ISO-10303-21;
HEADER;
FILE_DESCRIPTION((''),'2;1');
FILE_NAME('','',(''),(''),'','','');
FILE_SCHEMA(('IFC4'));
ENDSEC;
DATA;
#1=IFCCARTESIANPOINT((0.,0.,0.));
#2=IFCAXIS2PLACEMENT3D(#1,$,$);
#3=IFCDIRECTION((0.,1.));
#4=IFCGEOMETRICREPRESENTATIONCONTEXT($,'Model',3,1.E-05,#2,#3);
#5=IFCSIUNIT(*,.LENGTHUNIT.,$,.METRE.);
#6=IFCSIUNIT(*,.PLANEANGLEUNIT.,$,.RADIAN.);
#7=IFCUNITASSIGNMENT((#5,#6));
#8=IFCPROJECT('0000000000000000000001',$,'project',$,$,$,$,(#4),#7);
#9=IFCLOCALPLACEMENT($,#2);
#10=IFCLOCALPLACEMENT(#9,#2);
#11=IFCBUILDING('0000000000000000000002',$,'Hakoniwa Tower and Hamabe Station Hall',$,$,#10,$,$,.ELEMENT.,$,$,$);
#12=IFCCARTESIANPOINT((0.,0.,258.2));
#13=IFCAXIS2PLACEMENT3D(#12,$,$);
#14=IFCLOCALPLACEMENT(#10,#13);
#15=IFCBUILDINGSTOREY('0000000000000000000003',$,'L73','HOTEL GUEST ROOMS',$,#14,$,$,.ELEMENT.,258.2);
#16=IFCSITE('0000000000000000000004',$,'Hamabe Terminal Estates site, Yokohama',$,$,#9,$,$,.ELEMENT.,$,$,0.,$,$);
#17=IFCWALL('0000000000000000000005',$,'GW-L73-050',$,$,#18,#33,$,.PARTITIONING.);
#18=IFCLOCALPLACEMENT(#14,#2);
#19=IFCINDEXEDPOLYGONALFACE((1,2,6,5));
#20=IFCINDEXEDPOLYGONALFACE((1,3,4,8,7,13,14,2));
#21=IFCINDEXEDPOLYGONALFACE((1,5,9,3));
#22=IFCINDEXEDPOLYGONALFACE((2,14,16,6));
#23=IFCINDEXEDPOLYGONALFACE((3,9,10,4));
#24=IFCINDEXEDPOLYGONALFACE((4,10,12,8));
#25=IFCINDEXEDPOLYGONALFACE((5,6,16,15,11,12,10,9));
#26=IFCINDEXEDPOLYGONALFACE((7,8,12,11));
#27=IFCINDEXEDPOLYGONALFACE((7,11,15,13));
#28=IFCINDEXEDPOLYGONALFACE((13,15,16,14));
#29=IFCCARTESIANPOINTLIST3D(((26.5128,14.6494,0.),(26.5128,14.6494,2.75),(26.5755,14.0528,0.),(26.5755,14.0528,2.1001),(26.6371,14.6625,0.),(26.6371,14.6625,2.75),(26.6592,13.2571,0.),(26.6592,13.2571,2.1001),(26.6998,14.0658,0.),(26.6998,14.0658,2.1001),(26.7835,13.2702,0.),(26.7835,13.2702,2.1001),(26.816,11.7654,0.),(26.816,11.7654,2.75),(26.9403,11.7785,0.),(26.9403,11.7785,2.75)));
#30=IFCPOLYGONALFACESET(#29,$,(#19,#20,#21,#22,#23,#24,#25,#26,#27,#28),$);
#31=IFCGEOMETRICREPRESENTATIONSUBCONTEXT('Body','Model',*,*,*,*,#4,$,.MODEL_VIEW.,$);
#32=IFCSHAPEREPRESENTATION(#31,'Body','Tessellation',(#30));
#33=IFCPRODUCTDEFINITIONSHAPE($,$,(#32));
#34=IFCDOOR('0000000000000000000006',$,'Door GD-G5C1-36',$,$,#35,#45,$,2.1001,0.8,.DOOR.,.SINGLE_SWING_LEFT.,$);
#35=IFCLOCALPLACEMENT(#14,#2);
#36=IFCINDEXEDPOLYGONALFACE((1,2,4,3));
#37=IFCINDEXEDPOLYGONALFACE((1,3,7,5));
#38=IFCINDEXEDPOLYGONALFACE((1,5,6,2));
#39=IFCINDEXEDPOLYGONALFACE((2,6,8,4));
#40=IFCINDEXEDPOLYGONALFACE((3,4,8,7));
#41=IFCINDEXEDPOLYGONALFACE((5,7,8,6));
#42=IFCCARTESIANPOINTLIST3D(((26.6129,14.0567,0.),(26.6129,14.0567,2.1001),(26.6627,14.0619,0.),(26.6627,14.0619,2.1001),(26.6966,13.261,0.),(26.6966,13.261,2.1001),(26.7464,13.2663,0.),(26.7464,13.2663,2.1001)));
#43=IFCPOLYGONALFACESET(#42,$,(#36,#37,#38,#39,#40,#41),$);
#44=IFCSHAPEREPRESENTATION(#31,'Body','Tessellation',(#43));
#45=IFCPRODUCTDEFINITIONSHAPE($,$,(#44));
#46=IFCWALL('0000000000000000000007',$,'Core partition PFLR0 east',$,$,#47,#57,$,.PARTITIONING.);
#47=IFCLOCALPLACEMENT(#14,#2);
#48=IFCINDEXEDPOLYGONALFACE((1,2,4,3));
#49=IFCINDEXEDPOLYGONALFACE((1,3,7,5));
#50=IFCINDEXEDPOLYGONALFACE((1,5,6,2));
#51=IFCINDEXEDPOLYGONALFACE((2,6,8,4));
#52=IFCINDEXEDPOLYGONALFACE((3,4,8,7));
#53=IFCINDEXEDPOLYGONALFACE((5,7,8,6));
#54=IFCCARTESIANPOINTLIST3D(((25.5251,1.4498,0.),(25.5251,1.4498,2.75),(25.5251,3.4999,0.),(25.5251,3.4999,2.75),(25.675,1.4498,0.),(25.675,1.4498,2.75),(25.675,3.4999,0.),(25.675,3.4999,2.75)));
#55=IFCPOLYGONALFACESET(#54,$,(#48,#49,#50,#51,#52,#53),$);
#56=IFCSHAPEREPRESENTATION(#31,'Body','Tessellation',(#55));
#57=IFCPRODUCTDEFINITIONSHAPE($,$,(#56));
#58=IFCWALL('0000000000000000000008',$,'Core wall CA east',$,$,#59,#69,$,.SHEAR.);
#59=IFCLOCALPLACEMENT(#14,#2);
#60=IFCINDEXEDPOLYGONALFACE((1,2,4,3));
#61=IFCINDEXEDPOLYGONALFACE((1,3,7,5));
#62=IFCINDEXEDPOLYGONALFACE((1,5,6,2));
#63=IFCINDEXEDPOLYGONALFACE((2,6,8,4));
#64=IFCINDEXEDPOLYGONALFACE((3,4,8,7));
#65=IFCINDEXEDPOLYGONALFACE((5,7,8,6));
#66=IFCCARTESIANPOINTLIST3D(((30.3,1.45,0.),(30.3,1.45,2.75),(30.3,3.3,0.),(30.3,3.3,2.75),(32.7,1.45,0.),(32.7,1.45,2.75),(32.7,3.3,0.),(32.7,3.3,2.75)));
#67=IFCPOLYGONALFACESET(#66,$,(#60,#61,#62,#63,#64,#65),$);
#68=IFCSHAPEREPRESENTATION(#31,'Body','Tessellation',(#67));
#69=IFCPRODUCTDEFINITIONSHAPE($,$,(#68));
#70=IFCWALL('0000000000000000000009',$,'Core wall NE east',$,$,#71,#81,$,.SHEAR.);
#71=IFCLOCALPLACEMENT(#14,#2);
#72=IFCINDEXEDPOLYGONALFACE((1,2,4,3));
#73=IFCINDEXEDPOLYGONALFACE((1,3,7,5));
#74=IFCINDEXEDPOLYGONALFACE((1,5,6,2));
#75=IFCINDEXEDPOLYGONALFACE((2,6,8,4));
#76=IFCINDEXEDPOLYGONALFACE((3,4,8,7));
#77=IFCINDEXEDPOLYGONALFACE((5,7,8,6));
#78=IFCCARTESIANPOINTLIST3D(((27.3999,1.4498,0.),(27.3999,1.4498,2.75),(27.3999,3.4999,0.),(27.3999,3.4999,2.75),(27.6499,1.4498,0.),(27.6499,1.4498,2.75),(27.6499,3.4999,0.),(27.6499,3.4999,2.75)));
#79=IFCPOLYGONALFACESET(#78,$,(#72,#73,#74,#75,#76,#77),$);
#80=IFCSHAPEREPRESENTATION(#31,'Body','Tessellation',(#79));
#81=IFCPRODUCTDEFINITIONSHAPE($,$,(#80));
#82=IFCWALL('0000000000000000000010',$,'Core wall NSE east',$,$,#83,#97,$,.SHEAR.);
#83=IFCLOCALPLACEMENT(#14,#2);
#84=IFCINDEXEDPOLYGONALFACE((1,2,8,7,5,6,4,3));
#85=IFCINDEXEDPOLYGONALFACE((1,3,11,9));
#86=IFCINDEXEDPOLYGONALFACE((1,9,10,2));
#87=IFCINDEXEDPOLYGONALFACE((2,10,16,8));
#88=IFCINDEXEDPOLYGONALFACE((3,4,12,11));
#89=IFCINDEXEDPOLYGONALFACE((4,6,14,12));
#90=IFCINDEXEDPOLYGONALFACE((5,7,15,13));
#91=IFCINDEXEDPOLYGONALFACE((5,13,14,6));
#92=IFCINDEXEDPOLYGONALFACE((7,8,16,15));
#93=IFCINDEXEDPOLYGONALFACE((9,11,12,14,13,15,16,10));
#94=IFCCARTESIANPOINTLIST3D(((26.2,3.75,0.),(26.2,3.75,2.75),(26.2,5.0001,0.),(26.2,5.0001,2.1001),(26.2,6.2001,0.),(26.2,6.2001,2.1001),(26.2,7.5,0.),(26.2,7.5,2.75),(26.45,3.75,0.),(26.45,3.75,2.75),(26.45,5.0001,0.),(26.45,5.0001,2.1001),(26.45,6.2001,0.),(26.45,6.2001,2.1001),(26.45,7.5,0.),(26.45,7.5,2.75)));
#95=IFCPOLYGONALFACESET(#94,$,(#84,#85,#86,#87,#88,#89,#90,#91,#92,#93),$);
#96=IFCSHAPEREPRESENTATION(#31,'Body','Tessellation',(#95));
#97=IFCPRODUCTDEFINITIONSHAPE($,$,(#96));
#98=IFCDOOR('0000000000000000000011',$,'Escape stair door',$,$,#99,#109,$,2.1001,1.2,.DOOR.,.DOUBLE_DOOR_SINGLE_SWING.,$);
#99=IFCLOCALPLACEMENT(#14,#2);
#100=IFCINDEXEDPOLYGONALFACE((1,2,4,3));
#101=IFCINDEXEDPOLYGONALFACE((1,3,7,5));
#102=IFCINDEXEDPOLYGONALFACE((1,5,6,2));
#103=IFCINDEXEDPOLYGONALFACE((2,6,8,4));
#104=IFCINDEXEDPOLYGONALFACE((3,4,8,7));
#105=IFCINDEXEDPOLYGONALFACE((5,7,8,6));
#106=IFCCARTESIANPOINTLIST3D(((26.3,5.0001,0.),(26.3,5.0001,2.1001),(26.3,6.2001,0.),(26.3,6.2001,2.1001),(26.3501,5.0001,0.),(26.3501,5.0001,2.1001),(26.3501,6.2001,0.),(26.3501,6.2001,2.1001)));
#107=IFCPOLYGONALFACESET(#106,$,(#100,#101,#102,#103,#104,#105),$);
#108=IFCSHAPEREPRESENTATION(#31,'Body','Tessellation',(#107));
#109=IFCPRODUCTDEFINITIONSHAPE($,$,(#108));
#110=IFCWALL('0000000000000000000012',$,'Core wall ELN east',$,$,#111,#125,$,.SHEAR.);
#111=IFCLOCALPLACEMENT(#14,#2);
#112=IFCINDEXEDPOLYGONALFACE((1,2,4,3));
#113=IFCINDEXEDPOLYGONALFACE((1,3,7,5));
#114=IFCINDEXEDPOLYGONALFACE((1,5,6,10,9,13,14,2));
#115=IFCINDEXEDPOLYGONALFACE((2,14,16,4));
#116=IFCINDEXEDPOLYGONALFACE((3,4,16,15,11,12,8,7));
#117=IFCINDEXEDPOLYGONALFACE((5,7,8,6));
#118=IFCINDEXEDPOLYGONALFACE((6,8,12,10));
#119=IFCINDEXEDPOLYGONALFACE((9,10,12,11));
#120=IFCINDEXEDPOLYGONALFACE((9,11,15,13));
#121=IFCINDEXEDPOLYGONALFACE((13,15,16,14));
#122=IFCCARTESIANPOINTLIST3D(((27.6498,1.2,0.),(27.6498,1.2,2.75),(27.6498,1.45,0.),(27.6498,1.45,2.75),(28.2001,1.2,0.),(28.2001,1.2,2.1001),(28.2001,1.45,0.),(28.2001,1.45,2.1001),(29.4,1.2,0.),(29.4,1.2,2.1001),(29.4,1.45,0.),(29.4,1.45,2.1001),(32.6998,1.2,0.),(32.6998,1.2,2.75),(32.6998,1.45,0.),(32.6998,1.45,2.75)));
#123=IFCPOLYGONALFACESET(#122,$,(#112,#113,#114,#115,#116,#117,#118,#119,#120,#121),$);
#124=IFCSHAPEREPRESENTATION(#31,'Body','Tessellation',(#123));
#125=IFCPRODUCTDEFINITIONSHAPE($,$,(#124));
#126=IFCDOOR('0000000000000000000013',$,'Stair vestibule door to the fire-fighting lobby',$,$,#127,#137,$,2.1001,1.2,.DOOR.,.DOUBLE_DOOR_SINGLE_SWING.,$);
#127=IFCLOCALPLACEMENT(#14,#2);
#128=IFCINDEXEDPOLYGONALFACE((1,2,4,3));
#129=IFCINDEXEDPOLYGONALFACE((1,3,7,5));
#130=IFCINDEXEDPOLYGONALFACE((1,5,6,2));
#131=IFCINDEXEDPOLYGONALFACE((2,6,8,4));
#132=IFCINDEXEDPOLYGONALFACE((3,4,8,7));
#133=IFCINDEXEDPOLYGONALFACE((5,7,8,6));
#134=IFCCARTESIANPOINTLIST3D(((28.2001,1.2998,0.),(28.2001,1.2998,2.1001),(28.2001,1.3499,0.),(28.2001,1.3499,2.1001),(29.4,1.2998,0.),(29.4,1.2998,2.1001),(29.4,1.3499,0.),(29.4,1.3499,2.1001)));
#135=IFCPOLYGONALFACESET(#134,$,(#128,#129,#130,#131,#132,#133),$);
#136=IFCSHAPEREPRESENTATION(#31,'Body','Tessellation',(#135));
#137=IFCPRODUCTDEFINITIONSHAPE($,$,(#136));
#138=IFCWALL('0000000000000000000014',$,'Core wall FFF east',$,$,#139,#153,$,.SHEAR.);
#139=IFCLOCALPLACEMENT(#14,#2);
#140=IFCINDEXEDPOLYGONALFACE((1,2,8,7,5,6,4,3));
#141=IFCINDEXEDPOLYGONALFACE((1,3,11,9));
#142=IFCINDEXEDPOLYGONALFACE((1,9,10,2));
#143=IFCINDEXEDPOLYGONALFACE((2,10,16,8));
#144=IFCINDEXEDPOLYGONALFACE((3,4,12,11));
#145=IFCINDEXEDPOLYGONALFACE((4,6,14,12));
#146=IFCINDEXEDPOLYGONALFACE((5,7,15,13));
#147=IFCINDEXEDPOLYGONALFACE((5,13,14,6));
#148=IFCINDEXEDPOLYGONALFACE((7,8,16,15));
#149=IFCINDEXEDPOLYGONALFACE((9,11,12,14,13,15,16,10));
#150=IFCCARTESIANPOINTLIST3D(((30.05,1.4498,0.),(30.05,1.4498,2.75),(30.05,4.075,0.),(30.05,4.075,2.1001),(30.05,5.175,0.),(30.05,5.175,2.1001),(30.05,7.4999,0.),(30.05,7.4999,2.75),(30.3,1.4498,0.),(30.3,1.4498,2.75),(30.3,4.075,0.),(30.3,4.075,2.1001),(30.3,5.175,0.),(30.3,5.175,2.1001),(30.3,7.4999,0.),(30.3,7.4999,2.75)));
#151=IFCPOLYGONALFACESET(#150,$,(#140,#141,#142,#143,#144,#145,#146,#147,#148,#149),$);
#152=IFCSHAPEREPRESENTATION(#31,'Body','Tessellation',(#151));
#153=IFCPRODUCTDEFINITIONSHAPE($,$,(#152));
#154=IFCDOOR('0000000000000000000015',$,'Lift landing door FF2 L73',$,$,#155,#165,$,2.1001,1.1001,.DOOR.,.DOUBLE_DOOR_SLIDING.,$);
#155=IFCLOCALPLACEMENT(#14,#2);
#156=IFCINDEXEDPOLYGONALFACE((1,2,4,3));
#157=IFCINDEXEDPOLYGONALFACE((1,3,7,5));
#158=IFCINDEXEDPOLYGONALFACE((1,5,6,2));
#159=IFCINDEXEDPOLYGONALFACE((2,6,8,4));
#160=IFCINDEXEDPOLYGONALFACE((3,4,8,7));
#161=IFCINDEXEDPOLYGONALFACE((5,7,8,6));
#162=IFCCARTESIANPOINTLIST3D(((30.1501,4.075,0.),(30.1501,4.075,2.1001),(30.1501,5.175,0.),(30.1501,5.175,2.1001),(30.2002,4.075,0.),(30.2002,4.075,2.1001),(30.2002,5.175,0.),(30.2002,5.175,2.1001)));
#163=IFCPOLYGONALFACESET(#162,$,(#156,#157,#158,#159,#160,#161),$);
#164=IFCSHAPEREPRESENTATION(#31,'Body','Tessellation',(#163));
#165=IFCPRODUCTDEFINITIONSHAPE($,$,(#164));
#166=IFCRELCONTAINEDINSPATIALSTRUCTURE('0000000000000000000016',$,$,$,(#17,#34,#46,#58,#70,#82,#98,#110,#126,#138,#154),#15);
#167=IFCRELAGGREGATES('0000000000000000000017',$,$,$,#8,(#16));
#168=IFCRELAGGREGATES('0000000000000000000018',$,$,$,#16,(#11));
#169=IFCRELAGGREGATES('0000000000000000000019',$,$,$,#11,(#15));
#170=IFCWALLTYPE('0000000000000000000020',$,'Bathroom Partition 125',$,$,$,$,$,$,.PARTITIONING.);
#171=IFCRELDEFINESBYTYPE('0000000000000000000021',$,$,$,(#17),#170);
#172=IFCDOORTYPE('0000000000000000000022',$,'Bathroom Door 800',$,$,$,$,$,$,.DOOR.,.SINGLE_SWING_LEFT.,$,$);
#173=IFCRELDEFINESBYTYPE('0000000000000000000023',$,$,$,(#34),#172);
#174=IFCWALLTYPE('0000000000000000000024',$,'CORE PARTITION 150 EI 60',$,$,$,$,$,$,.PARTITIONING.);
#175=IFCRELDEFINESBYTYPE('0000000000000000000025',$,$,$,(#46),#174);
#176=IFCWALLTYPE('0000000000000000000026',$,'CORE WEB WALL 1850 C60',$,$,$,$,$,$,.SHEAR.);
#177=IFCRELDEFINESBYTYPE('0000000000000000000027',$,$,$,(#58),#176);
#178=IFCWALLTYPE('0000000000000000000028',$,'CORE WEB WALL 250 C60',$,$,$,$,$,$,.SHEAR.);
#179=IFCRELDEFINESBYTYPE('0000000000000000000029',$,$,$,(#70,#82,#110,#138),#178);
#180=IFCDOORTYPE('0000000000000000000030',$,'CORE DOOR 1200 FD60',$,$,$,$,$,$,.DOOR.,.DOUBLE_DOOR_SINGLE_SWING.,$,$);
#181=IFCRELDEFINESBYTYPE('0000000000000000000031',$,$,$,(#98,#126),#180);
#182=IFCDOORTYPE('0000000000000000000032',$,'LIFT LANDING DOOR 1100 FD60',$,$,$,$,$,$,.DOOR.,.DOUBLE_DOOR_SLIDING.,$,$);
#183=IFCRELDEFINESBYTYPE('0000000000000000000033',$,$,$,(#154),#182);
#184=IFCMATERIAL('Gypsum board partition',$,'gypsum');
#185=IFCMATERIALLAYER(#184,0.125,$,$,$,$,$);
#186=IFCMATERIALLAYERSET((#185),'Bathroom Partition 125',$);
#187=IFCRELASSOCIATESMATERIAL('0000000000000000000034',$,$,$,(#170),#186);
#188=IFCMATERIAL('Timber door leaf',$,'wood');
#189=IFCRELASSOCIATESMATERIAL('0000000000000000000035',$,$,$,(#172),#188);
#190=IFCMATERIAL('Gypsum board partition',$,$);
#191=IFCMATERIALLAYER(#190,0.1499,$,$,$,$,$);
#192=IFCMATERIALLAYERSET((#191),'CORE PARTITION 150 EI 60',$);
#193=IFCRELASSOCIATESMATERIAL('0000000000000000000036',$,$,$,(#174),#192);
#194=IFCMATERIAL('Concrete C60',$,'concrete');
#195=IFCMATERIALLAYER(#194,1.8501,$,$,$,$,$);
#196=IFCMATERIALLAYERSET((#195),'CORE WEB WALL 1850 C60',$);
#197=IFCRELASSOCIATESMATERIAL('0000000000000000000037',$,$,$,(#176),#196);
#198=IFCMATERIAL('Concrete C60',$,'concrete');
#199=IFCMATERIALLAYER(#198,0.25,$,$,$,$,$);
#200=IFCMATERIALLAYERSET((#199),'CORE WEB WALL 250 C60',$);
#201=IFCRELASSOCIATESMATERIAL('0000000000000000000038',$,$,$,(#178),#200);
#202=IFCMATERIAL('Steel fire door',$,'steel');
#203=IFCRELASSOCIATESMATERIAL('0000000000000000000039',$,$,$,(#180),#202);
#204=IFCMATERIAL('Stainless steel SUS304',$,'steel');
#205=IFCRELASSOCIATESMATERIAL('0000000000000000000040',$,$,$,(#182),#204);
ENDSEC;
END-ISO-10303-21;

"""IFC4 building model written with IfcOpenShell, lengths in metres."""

from ifc_helpers import new_model, si_unit, direction, frame, frame_2d, origin, place, context, subcontext, project, spatial, rectangle, extrude, material, layer, layer_set, type_object, element, fill, save


model = new_model("IFC4")

# Units and contexts
model_context = context("Model", 3, precision=1e-05, world=origin(), true_north=direction((0.0, 1.0)))
body_context = subcontext(model_context, "Body", "Model", "MODEL_VIEW")
ifc_project = project(units=[si_unit("LENGTHUNIT", "METRE"), si_unit("PLANEANGLEUNIT", "RADIAN")], contexts=[model_context])

# Site, building, storey
site_placement = place(None, origin())
site = spatial("IfcSite", under=ifc_project, at=site_placement, Name="Hamabe Terminal Estates site, Yokohama", CompositionType="ELEMENT", RefElevation=0.0)
building_placement = place(site_placement, origin())
building = spatial("IfcBuilding", under=site, at=building_placement, Name="Hakoniwa Tower and Hamabe Station Hall", CompositionType="ELEMENT")
storey_placement = place(building_placement, frame((0.0, 0.0, 258.2)))
storey = spatial("IfcBuildingStorey", under=building, at=storey_placement, Name="L73", Description="HOTEL GUEST ROOMS", CompositionType="ELEMENT", Elevation=258.2)

# Wall, opening, door
ifc_material_1 = material(Name="Gypsum board partition", Category="gypsum")
ifc_layer_1 = layer(ifc_material_1, 0.125)
ifc_layer_set_1 = layer_set([ifc_layer_1], Name="Bathroom Partition 125")
wall_type_1 = type_object("IfcWallType", Name="Bathroom Partition 125", PredefinedType="PARTITIONING", material=ifc_layer_set_1)
wall_1_placement = place(storey_placement, frame((26.8782, 11.772, 0.0), z_axis=(0.0, 0.0, 1.0), x_axis=(-0.104562, 0.994518, 0.0)))
wall_1 = element("IfcWall", 1, at=wall_1_placement, inside=storey, type_object=wall_type_1, Name="GW-L73-050", PredefinedType="PARTITIONING", context=body_context, shape_type="SweptSolid", body=[
    extrude(rectangle(XDim=2.8999, YDim=0.125, at=frame_2d((1.45, 0.0))), origin(), (0.0, 0.0, 1.0), 2.75),
])
opening_1_placement = place(wall_1_placement, frame((1.5, 0.0, 0.0)))
opening_1 = element("IfcOpeningElement", 2, at=opening_1_placement, cuts=wall_1, PredefinedType="OPENING", context=body_context, shape_type="SweptSolid", body=[
    extrude(rectangle(XDim=0.8, YDim=2.1001, at=frame_2d((0.3999, 1.05))), frame((0.0, 0.0725, 0.0), z_axis=(0.0, -1.0, 0.0), x_axis=(1.0, 0.0, 0.0)), (0.0, 0.0, 1.0), 0.145),
])
ifc_material_2 = material(Name="Timber door leaf", Category="wood")
door_type_1 = type_object("IfcDoorType", Name="Bathroom Door 800", OperationType="SINGLE_SWING_LEFT", PredefinedType="DOOR", material=ifc_material_2)
door_1_placement = place(opening_1_placement, origin())
door_1 = element("IfcDoor", 3, at=door_1_placement, inside=storey, type_object=door_type_1, Name="Door GD-G5C1-36", OperationType="SINGLE_SWING_LEFT", OverallHeight=2.1001, OverallWidth=0.8, PredefinedType="DOOR", context=body_context, shape_type="SweptSolid", body=[
    extrude(rectangle(XDim=0.8, YDim=2.1001, at=frame_2d((0.3999, 1.05))), frame((0.0, 0.0249, 0.0), z_axis=(0.0, -1.0, 0.0), x_axis=(1.0, 0.0, 0.0)), (0.0, 0.0, 1.0), 0.05),
])
fill(opening_1, door_1)

# Walls
ifc_material_3 = material(Name="Gypsum board partition")
ifc_layer_2 = layer(ifc_material_3, 0.1499)
ifc_layer_set_2 = layer_set([ifc_layer_2], Name="CORE PARTITION 150 EI 60")
wall_type_2 = type_object("IfcWallType", Name="CORE PARTITION 150 EI 60", PredefinedType="PARTITIONING", material=ifc_layer_set_2)
wall_2_placement = place(storey_placement, frame((25.6001, 1.45, 0.0), z_axis=(0.0, 0.0, 1.0), x_axis=(0.0, 1.0, 0.0)))
element("IfcWall", 4, at=wall_2_placement, inside=storey, type_object=wall_type_2, Name="Core partition PFLR0 east", PredefinedType="PARTITIONING", context=body_context, shape_type="SweptSolid", body=[
    extrude(rectangle(XDim=2.05, YDim=0.1499, at=frame_2d((1.0249, 0.0))), origin(), (0.0, 0.0, 1.0), 2.75),
])
ifc_material_4 = material(Name="Concrete C60", Category="concrete")
ifc_layer_3 = layer(ifc_material_4, 1.8501)
ifc_layer_set_3 = layer_set([ifc_layer_3], Name="CORE WEB WALL 1850 C60")
wall_type_3 = type_object("IfcWallType", Name="CORE WEB WALL 1850 C60", PredefinedType="SHEAR", material=ifc_layer_set_3)
wall_3_placement = place(storey_placement, frame((30.3, 2.375, 0.0), z_axis=(0.0, 0.0, 1.0), x_axis=(1.0, 0.0, 0.0)))
element("IfcWall", 5, at=wall_3_placement, inside=storey, type_object=wall_type_3, Name="Core wall CA east", PredefinedType="SHEAR", context=body_context, shape_type="SweptSolid", body=[
    extrude(rectangle(XDim=2.3999, YDim=1.8501, at=frame_2d((1.2, 0.0))), origin(), (0.0, 0.0, 1.0), 2.75),
])
ifc_material_5 = material(Name="Concrete C60", Category="concrete")
ifc_layer_4 = layer(ifc_material_5, 0.25)
ifc_layer_set_4 = layer_set([ifc_layer_4], Name="CORE WEB WALL 250 C60")
wall_type_4 = type_object("IfcWallType", Name="CORE WEB WALL 250 C60", PredefinedType="SHEAR", material=ifc_layer_set_4)
wall_4_placement = place(storey_placement, frame((27.5249, 1.45, 0.0), z_axis=(0.0, 0.0, 1.0), x_axis=(0.0, 1.0, 0.0)))
element("IfcWall", 6, at=wall_4_placement, inside=storey, type_object=wall_type_4, Name="Core wall NE east", PredefinedType="SHEAR", context=body_context, shape_type="SweptSolid", body=[
    extrude(rectangle(XDim=2.05, YDim=0.25, at=frame_2d((1.0249, 0.0))), origin(), (0.0, 0.0, 1.0), 2.75),
])

# Walls, openings, doors
wall_5_placement = place(storey_placement, frame((26.325, 3.75, 0.0), z_axis=(0.0, 0.0, 1.0), x_axis=(0.0, 1.0, 0.0)))
wall_5 = element("IfcWall", 7, at=wall_5_placement, inside=storey, type_object=wall_type_4, Name="Core wall NSE east", PredefinedType="SHEAR", context=body_context, shape_type="SweptSolid", body=[
    extrude(rectangle(XDim=3.75, YDim=0.25, at=frame_2d((1.875, 0.0))), origin(), (0.0, 0.0, 1.0), 2.75),
])
opening_2_placement = place(wall_5_placement, frame((1.25, 0.0, 0.0)))
opening_2 = element("IfcOpeningElement", 8, at=opening_2_placement, cuts=wall_5, PredefinedType="OPENING", context=body_context, shape_type="SweptSolid", body=[
    extrude(rectangle(XDim=1.2, YDim=2.1001, at=frame_2d((0.6001, 1.05))), frame((0.0, 0.135, 0.0), z_axis=(0.0, -1.0, 0.0), x_axis=(1.0, 0.0, 0.0)), (0.0, 0.0, 1.0), 0.27),
])
ifc_material_6 = material(Name="Steel fire door", Category="steel")
door_type_2 = type_object("IfcDoorType", Name="CORE DOOR 1200 FD60", OperationType="DOUBLE_DOOR_SINGLE_SWING", PredefinedType="DOOR", material=ifc_material_6)
door_2_placement = place(opening_2_placement, origin())
door_2 = element("IfcDoor", 9, at=door_2_placement, inside=storey, type_object=door_type_2, Name="Escape stair door", OperationType="DOUBLE_DOOR_SINGLE_SWING", OverallHeight=2.1001, OverallWidth=1.2, PredefinedType="DOOR", context=body_context, shape_type="SweptSolid", body=[
    extrude(rectangle(XDim=1.2, YDim=2.1001, at=frame_2d((0.6001, 1.05))), frame((0.0, 0.0249, 0.0), z_axis=(0.0, -1.0, 0.0), x_axis=(1.0, 0.0, 0.0)), (0.0, 0.0, 1.0), 0.05),
])
fill(opening_2, door_2)
wall_6_placement = place(storey_placement, frame((27.6499, 1.325, 0.0), z_axis=(0.0, 0.0, 1.0), x_axis=(1.0, 0.0, 0.0)))
wall_6 = element("IfcWall", 10, at=wall_6_placement, inside=storey, type_object=wall_type_4, Name="Core wall ELN east", PredefinedType="SHEAR", context=body_context, shape_type="SweptSolid", body=[
    extrude(rectangle(XDim=5.05, YDim=0.25, at=frame_2d((2.5249, 0.0))), origin(), (0.0, 0.0, 1.0), 2.75),
])
opening_3_placement = place(wall_6_placement, frame((0.55, 0.0, 0.0)))
opening_3 = element("IfcOpeningElement", 11, at=opening_3_placement, cuts=wall_6, PredefinedType="OPENING", context=body_context, shape_type="SweptSolid", body=[
    extrude(rectangle(XDim=1.2, YDim=2.1001, at=frame_2d((0.6001, 1.05))), frame((0.0, 0.135, 0.0), z_axis=(0.0, -1.0, 0.0), x_axis=(1.0, 0.0, 0.0)), (0.0, 0.0, 1.0), 0.27),
])
door_3_placement = place(opening_3_placement, origin())
door_3 = element("IfcDoor", 12, at=door_3_placement, inside=storey, type_object=door_type_2, Name="Stair vestibule door to the fire-fighting lobby", OperationType="DOUBLE_DOOR_SINGLE_SWING", OverallHeight=2.1001, OverallWidth=1.2, PredefinedType="DOOR", context=body_context, shape_type="SweptSolid", body=[
    extrude(rectangle(XDim=1.2, YDim=2.1001, at=frame_2d((0.6001, 1.05))), frame((0.0, 0.0249, 0.0), z_axis=(0.0, -1.0, 0.0), x_axis=(1.0, 0.0, 0.0)), (0.0, 0.0, 1.0), 0.05),
])
fill(opening_3, door_3)
wall_7_placement = place(storey_placement, frame((30.175, 1.45, 0.0), z_axis=(0.0, 0.0, 1.0), x_axis=(0.0, 1.0, 0.0)))
wall_7 = element("IfcWall", 13, at=wall_7_placement, inside=storey, type_object=wall_type_4, Name="Core wall FFF east", PredefinedType="SHEAR", context=body_context, shape_type="SweptSolid", body=[
    extrude(rectangle(XDim=6.05, YDim=0.25, at=frame_2d((3.0249, 0.0))), origin(), (0.0, 0.0, 1.0), 2.75),
])
opening_4_placement = place(wall_7_placement, frame((2.625, 0.0, 0.0)))
opening_4 = element("IfcOpeningElement", 14, at=opening_4_placement, cuts=wall_7, PredefinedType="OPENING", context=body_context, shape_type="SweptSolid", body=[
    extrude(rectangle(XDim=1.1001, YDim=2.1001, at=frame_2d((0.55, 1.05))), frame((0.0, 0.135, 0.0), z_axis=(0.0, -1.0, 0.0), x_axis=(1.0, 0.0, 0.0)), (0.0, 0.0, 1.0), 0.27),
])
ifc_material_7 = material(Name="Stainless steel SUS304", Category="steel")
door_type_3 = type_object("IfcDoorType", Name="LIFT LANDING DOOR 1100 FD60", OperationType="DOUBLE_DOOR_SLIDING", PredefinedType="DOOR", material=ifc_material_7)
door_4_placement = place(opening_4_placement, origin())
door_4 = element("IfcDoor", 15, at=door_4_placement, inside=storey, type_object=door_type_3, Name="Lift landing door FF2 L73", OperationType="DOUBLE_DOOR_SLIDING", OverallHeight=2.1001, OverallWidth=1.1001, PredefinedType="DOOR", context=body_context, shape_type="SweptSolid", body=[
    extrude(rectangle(XDim=1.1001, YDim=2.1001, at=frame_2d((0.55, 1.05))), frame((0.0, 0.0249, 0.0), z_axis=(0.0, -1.0, 0.0), x_axis=(1.0, 0.0, 0.0)), (0.0, 0.0, 1.0), 0.05),
])
fill(opening_4, door_4)

save(model, "model.ifc")
